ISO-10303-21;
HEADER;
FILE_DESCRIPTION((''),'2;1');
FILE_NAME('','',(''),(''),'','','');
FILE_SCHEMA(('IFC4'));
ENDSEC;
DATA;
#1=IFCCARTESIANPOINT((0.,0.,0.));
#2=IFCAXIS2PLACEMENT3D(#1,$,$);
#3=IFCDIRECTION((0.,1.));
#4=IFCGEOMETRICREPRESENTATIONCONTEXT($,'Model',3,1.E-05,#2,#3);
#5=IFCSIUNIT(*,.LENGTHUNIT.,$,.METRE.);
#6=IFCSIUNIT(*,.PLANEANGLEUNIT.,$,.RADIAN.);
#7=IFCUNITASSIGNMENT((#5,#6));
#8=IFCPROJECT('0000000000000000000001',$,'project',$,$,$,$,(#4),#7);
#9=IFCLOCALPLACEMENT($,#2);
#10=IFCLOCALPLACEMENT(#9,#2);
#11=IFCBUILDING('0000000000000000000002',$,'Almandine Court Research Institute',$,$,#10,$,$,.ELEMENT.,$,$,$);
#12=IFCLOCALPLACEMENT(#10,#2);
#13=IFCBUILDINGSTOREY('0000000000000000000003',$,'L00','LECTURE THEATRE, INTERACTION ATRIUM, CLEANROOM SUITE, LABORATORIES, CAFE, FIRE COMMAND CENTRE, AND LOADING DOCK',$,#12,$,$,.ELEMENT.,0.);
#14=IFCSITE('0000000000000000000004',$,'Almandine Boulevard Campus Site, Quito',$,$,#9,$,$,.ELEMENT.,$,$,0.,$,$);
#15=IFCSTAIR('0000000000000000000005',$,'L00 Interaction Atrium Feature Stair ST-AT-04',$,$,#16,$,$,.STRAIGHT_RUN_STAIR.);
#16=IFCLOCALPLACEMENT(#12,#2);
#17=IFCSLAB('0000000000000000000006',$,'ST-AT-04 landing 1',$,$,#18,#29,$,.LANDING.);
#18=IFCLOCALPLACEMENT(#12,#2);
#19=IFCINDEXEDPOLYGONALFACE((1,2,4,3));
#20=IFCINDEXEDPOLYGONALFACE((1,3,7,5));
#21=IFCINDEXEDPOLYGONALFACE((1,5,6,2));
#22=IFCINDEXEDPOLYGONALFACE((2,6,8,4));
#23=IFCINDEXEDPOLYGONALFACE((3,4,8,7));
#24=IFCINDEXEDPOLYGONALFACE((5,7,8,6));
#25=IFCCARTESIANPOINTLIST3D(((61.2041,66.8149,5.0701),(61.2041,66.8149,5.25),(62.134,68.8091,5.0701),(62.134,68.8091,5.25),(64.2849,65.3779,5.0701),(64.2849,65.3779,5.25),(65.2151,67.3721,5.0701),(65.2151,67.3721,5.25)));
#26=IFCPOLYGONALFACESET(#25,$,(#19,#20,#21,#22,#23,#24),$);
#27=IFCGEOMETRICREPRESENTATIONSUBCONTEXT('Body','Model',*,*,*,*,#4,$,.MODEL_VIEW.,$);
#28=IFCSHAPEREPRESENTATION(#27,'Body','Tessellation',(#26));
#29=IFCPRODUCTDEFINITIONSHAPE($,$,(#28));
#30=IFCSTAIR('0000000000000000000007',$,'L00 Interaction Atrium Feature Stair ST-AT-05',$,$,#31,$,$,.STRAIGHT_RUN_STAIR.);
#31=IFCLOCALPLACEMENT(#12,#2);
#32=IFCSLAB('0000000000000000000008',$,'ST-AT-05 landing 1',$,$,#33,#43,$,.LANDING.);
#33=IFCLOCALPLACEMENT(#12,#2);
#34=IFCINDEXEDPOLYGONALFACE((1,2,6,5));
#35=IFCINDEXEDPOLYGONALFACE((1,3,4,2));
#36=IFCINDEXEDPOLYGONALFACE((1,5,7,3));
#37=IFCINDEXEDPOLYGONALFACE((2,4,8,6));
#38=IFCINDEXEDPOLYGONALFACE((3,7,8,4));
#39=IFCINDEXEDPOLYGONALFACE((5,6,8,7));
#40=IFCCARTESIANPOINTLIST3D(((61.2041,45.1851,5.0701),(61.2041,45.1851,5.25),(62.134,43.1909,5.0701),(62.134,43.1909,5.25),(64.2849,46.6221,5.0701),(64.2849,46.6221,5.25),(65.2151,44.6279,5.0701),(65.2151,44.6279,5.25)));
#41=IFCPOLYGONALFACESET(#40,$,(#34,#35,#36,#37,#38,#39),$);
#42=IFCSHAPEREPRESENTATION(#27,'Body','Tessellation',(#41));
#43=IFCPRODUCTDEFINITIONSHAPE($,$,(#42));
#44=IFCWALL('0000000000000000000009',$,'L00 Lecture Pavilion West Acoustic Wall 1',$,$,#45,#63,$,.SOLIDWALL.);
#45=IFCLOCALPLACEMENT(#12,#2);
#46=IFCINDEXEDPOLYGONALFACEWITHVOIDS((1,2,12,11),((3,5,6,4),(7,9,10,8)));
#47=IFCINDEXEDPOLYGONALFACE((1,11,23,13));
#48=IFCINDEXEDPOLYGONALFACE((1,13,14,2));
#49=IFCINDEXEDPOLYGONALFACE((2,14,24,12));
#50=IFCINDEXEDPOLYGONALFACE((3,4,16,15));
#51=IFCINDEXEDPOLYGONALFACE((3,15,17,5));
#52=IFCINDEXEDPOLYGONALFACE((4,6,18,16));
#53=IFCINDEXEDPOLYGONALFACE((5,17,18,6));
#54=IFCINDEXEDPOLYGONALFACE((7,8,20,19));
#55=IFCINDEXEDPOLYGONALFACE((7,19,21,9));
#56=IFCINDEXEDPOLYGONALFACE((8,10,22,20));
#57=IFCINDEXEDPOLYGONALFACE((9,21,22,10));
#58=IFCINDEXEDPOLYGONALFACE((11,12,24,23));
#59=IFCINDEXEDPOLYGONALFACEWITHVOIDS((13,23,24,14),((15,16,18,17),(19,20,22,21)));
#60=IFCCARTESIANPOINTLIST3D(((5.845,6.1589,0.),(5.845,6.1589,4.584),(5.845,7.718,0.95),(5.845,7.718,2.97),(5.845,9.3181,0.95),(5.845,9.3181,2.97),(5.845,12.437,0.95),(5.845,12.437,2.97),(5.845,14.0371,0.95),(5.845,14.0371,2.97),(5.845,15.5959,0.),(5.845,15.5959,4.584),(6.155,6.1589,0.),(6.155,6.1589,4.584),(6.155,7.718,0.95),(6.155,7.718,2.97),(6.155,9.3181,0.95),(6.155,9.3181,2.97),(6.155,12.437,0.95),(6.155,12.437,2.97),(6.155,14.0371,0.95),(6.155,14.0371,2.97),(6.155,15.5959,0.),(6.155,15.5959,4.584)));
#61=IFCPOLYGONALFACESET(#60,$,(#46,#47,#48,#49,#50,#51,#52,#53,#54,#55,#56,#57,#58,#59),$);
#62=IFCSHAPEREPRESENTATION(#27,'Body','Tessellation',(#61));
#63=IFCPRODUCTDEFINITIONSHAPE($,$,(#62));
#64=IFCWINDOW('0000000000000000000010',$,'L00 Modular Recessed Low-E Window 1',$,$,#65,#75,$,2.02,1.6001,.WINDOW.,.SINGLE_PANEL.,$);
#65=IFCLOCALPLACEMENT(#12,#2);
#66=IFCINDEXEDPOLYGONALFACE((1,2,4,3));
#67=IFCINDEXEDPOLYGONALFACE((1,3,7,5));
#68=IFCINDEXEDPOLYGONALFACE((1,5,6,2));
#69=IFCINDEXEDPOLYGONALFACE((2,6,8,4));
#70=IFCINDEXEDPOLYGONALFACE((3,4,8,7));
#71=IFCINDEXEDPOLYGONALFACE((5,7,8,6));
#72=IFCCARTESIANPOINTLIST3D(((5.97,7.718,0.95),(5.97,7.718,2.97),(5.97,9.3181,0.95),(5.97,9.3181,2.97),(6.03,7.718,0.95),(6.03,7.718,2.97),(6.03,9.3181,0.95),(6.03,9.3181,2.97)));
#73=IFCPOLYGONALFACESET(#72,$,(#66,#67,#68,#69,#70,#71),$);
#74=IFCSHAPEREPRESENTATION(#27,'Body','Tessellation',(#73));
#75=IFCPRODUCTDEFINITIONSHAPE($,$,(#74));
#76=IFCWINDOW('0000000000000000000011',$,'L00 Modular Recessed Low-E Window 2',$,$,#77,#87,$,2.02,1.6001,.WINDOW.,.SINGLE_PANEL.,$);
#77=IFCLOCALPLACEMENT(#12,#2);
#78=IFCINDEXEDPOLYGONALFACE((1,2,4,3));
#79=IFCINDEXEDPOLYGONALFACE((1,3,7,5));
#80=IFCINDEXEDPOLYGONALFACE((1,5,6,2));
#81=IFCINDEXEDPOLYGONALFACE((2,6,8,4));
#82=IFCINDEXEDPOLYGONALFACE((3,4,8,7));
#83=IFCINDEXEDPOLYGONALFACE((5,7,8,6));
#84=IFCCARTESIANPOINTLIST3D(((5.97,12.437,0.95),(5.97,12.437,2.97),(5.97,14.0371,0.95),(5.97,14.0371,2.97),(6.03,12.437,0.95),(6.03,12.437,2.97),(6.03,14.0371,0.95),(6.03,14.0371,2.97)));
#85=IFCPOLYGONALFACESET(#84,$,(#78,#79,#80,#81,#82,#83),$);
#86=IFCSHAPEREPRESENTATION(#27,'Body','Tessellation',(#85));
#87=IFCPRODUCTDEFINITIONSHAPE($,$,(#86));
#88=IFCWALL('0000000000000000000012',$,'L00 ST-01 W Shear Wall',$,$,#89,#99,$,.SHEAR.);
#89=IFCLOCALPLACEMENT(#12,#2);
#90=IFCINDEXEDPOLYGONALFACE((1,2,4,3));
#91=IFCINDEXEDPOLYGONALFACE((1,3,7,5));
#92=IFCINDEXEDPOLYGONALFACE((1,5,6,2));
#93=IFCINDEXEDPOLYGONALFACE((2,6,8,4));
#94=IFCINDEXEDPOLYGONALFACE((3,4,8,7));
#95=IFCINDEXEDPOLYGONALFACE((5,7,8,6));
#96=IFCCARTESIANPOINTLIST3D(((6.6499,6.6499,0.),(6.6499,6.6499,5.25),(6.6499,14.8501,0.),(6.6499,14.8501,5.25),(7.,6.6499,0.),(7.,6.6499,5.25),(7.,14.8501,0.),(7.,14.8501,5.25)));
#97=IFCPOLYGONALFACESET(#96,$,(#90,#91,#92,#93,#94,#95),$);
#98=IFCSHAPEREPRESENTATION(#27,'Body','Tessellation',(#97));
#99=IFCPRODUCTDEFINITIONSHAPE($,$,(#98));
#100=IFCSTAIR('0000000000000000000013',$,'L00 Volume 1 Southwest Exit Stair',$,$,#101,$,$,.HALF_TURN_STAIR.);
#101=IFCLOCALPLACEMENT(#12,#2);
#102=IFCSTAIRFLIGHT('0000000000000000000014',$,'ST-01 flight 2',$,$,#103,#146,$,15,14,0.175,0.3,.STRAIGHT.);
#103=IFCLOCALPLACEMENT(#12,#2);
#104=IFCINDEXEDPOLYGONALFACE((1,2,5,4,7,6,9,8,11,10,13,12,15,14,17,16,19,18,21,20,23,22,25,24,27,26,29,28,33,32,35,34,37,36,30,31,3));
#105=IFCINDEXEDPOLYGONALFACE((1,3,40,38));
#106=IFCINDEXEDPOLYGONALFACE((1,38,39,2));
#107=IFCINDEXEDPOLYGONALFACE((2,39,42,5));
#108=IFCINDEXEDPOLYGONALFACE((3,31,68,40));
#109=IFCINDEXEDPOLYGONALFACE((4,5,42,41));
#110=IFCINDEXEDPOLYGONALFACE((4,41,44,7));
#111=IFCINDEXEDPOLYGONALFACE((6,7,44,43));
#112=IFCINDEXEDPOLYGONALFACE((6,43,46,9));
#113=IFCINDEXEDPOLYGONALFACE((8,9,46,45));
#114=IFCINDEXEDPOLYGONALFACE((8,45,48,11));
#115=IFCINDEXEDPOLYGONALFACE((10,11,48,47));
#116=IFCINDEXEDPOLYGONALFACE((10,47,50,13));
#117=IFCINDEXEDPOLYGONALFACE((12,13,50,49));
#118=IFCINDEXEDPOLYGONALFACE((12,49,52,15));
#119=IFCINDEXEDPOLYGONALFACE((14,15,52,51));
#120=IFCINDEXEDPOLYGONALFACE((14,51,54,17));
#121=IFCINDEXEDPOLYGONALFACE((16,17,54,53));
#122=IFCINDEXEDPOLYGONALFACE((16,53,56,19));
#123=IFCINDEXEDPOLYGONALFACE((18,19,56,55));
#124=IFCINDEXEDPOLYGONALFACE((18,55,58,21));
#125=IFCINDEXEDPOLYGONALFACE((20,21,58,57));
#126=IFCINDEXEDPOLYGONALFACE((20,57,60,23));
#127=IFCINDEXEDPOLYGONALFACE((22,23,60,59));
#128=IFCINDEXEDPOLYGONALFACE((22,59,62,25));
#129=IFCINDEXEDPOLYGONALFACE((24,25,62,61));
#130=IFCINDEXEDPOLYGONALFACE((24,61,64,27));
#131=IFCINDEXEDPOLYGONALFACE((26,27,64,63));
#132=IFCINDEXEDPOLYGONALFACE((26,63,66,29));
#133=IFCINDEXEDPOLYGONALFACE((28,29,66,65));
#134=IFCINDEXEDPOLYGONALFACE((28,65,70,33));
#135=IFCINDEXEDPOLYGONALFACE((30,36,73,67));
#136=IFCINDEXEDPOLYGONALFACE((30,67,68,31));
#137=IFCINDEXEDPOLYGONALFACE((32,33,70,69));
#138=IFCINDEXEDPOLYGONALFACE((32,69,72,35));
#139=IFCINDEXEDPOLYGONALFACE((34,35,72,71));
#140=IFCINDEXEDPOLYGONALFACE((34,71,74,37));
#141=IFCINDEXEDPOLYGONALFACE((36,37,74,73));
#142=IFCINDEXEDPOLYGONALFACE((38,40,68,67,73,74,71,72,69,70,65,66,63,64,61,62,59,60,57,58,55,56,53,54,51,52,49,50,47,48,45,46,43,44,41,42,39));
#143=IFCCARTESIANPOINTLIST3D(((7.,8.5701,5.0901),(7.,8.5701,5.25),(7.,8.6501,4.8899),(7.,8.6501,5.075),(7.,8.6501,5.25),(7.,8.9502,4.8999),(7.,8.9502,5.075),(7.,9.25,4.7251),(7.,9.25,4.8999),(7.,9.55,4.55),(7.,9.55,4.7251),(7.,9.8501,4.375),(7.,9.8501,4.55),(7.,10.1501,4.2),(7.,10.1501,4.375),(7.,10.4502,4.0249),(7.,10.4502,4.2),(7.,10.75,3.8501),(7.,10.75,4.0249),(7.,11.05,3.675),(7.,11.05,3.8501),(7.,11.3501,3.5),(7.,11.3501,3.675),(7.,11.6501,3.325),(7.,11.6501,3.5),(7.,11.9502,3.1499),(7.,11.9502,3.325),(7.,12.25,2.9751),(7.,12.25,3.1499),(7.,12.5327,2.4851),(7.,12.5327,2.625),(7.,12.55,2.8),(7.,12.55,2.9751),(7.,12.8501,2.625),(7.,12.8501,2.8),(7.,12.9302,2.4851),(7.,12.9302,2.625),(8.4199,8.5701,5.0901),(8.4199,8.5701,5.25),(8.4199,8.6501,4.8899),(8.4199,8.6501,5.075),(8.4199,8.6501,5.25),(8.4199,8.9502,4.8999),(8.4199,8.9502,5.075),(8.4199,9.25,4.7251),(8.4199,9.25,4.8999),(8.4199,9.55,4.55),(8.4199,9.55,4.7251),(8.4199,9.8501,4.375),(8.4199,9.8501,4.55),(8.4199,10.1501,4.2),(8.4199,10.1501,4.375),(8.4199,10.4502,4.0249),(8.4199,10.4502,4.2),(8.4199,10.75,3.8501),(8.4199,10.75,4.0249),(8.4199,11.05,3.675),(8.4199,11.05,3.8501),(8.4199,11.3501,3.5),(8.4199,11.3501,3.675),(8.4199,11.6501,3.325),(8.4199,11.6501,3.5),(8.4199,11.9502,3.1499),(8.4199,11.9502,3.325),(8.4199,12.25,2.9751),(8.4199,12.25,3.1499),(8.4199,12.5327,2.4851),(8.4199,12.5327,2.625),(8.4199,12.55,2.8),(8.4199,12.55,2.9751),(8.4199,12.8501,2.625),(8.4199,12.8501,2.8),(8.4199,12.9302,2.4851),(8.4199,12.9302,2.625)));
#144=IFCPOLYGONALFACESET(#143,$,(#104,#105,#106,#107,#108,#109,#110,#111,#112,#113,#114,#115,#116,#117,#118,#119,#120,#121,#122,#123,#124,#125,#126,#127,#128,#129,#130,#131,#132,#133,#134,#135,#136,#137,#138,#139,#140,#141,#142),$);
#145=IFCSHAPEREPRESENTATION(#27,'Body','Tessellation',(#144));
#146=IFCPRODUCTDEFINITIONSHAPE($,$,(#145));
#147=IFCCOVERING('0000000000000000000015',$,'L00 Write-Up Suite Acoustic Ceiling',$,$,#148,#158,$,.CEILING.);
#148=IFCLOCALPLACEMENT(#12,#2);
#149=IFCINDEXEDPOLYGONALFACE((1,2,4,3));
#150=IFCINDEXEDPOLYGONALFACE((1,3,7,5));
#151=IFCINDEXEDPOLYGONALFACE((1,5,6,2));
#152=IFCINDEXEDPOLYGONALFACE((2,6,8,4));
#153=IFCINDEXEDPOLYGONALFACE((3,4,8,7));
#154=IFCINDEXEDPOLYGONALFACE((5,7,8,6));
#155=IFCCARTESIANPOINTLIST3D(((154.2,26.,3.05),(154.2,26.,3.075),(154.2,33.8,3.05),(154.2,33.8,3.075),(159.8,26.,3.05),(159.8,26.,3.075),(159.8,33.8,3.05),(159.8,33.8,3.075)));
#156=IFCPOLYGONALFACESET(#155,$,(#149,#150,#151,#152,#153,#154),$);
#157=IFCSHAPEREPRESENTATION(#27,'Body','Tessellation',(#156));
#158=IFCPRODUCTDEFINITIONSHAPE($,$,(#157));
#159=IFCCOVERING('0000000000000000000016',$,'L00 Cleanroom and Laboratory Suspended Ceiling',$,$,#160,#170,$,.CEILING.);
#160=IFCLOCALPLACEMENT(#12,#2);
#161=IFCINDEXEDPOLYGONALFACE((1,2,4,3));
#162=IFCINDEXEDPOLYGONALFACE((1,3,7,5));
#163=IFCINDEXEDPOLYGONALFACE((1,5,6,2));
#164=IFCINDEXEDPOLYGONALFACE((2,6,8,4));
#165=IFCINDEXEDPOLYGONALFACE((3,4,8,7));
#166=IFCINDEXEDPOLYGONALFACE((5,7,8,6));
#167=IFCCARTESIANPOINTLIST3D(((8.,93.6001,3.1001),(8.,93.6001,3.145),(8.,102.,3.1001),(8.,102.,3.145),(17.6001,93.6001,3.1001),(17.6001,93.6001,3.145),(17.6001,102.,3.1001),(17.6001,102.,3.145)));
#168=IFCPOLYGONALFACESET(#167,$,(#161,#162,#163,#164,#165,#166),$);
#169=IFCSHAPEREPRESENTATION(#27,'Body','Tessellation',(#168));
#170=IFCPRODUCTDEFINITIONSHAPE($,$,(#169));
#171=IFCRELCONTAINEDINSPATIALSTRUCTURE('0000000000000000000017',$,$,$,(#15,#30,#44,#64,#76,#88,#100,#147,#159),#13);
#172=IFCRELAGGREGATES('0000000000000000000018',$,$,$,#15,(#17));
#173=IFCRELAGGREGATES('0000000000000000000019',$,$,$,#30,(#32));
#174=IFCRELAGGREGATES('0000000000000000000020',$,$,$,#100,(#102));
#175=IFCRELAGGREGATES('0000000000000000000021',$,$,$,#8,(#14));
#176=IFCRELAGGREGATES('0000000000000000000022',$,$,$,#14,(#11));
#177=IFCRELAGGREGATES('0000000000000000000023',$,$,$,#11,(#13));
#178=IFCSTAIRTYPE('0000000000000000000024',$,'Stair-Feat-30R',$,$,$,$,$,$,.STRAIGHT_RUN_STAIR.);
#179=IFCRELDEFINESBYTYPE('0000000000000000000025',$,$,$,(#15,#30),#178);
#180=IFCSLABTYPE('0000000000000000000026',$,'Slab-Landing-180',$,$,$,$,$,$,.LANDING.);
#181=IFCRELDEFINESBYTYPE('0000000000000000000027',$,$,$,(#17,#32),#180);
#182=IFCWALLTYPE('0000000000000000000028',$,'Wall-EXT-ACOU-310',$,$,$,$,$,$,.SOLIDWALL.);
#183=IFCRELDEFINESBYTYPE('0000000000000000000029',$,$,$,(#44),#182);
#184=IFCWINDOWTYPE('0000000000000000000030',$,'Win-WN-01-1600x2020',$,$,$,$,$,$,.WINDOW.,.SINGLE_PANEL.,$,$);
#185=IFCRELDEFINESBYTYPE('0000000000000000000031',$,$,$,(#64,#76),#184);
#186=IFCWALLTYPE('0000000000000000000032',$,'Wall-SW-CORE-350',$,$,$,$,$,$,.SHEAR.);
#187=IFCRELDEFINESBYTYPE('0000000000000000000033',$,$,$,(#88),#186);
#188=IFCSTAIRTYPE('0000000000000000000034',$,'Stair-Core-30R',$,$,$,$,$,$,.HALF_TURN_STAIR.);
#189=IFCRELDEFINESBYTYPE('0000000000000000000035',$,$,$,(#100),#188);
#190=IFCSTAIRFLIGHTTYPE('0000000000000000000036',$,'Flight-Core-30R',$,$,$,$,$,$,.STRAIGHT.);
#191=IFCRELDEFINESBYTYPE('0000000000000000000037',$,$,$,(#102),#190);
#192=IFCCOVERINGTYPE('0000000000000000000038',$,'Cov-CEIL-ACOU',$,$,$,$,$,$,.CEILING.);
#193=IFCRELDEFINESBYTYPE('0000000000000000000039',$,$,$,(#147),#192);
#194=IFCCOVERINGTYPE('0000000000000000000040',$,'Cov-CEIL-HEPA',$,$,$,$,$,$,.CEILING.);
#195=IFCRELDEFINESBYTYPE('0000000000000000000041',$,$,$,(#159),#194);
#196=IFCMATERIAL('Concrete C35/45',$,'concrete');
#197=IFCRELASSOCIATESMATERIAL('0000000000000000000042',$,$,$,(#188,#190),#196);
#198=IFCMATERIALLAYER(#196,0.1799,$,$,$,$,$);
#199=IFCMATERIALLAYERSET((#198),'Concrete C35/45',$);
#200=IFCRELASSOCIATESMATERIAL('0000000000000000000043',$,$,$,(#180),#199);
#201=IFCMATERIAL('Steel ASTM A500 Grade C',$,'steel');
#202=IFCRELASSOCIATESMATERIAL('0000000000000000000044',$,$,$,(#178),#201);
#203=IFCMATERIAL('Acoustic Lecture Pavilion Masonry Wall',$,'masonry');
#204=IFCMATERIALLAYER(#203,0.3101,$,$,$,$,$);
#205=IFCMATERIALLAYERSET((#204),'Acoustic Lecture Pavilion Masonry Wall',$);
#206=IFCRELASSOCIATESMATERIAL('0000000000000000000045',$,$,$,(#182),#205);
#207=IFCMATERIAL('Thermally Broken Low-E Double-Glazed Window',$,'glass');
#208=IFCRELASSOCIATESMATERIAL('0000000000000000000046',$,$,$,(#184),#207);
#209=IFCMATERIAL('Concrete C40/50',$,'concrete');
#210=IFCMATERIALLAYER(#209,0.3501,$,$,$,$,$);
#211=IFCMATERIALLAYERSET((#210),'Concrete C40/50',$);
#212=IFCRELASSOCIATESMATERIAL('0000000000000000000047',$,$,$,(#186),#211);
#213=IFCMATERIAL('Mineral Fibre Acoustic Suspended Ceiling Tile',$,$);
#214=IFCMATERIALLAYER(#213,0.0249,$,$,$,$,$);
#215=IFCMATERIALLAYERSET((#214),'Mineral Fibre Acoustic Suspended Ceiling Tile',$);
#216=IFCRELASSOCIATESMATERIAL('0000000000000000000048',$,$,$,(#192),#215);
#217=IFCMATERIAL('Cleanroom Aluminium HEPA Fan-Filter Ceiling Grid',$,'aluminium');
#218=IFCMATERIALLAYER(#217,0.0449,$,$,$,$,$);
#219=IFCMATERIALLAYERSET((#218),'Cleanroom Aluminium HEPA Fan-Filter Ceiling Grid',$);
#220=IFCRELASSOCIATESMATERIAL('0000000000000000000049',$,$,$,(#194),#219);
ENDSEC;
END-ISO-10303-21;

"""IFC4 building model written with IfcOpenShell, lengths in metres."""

from ifc_helpers import new_model, si_unit, direction, frame, frame_2d, origin, place, context, subcontext, project, spatial, polyline, rectangle, outline, extrude, material, layer, layer_set, type_object, element, fill, aggregate, save


model = new_model("IFC4")

# Units and contexts
model_context = context("Model", 3, precision=1e-05, world=origin(), true_north=direction((0.0, 1.0)))
body_context = subcontext(model_context, "Body", "Model", "MODEL_VIEW")
ifc_project = project(units=[si_unit("LENGTHUNIT", "METRE"), si_unit("PLANEANGLEUNIT", "RADIAN")], contexts=[model_context])

# Site, building, storey
site_placement = place(None, origin())
site = spatial("IfcSite", under=ifc_project, at=site_placement, Name="Almandine Boulevard Campus Site, Quito", CompositionType="ELEMENT", RefElevation=0.0)
building_placement = place(site_placement, origin())
building = spatial("IfcBuilding", under=site, at=building_placement, Name="Almandine Court Research Institute", CompositionType="ELEMENT")
storey_placement = place(building_placement, origin())
storey = spatial("IfcBuildingStorey", under=building, at=storey_placement, Name="L00", Description="LECTURE THEATRE, INTERACTION ATRIUM, CLEANROOM SUITE, LABORATORIES, CAFE, FIRE COMMAND CENTRE, AND LOADING DOCK", CompositionType="ELEMENT", Elevation=0.0)

# Stairs, slabs
ifc_material_1 = material(Name="Concrete C35/45", Category="concrete")
stair_type_1 = type_object("IfcStairType", Name="Stair-Core-30R", PredefinedType="HALF_TURN_STAIR", material=ifc_material_1)
ifc_layer_1 = layer(ifc_material_1, 0.1799)
ifc_layer_set_1 = layer_set([ifc_layer_1], Name="Concrete C35/45")
slab_type = type_object("IfcSlabType", Name="Slab-Landing-180", PredefinedType="LANDING", material=ifc_layer_set_1)
ifc_material_2 = material(Name="Steel ASTM A500 Grade C", Category="steel")
stair_type_2 = type_object("IfcStairType", Name="Stair-Feat-30R", PredefinedType="STRAIGHT_RUN_STAIR", material=ifc_material_2)
stair_1_placement = place(storey_placement, origin())
stair_1 = element("IfcStair", 1, at=stair_1_placement, inside=storey, type_object=stair_type_2, Name="L00 Interaction Atrium Feature Stair ST-AT-04", PredefinedType="STRAIGHT_RUN_STAIR")
slab_1_placement = place(storey_placement, frame((0.0, 0.0, 5.0701)))
slab_1 = element("IfcSlab", 2, at=slab_1_placement, type_object=slab_type, Name="ST-AT-04 landing 1", PredefinedType="LANDING", context=body_context, shape_type="SweptSolid", body=[
    extrude(outline(polyline([(64.2849, 65.3779), (61.2041, 66.8149), (62.134, 68.8091), (65.2151, 67.3721), (64.2849, 65.3779)])), origin(), (0.0, 0.0, 1.0), 0.1799),
])
aggregate(stair_1, [slab_1])
stair_2_placement = place(storey_placement, origin())
stair_2 = element("IfcStair", 3, at=stair_2_placement, inside=storey, type_object=stair_type_2, Name="L00 Interaction Atrium Feature Stair ST-AT-05", PredefinedType="STRAIGHT_RUN_STAIR")
slab_2_placement = place(storey_placement, frame((0.0, 0.0, 5.0701)))
slab_2 = element("IfcSlab", 4, at=slab_2_placement, type_object=slab_type, Name="ST-AT-05 landing 1", PredefinedType="LANDING", context=body_context, shape_type="SweptSolid", body=[
    extrude(outline(polyline([(65.2151, 44.6279), (62.134, 43.1909), (61.2041, 45.1851), (64.2849, 46.6221), (65.2151, 44.6279)])), origin(), (0.0, 0.0, 1.0), 0.1799),
])
aggregate(stair_2, [slab_2])

# Wall, openings, windows
ifc_material_3 = material(Name="Acoustic Lecture Pavilion Masonry Wall", Category="masonry")
ifc_layer_2 = layer(ifc_material_3, 0.3101)
ifc_layer_set_2 = layer_set([ifc_layer_2], Name="Acoustic Lecture Pavilion Masonry Wall")
wall_type_1 = type_object("IfcWallType", Name="Wall-EXT-ACOU-310", PredefinedType="SOLIDWALL", material=ifc_layer_set_2)
wall_1_placement = place(storey_placement, frame((6.0, 6.1589, 0.0), z_axis=(0.0, 0.0, 1.0), x_axis=(0.0, 1.0, 0.0)))
wall_1 = element("IfcWall", 5, at=wall_1_placement, inside=storey, type_object=wall_type_1, Name="L00 Lecture Pavilion West Acoustic Wall 1", PredefinedType="SOLIDWALL", context=body_context, shape_type="SweptSolid", body=[
    extrude(rectangle(XDim=9.437, YDim=0.3101, at=frame_2d((4.7185, 0.0))), origin(), (0.0, 0.0, 1.0), 4.584),
])
opening_1_placement = place(wall_1_placement, frame((1.5591, 0.0, 0.95)))
opening_1 = element("IfcOpeningElement", 6, at=opening_1_placement, cuts=wall_1, PredefinedType="OPENING", context=body_context, shape_type="SweptSolid", body=[
    extrude(rectangle(XDim=1.6001, YDim=2.02, at=frame_2d((0.8, 1.01))), frame((0.0, 0.165, 0.0), z_axis=(0.0, -1.0, 0.0), x_axis=(1.0, 0.0, 0.0)), (0.0, 0.0, 1.0), 0.3301),
])
opening_2_placement = place(wall_1_placement, frame((6.2781, 0.0, 0.95)))
opening_2 = element("IfcOpeningElement", 7, at=opening_2_placement, cuts=wall_1, PredefinedType="OPENING", context=body_context, shape_type="SweptSolid", body=[
    extrude(rectangle(XDim=1.6001, YDim=2.02, at=frame_2d((0.8, 1.01))), frame((0.0, 0.165, 0.0), z_axis=(0.0, -1.0, 0.0), x_axis=(1.0, 0.0, 0.0)), (0.0, 0.0, 1.0), 0.3301),
])
ifc_material_4 = material(Name="Thermally Broken Low-E Double-Glazed Window", Category="glass")
window_type = type_object("IfcWindowType", Name="Win-WN-01-1600x2020", PartitioningType="SINGLE_PANEL", PredefinedType="WINDOW", material=ifc_material_4)
window_1_placement = place(opening_1_placement, origin())
window_1 = element("IfcWindow", 8, at=window_1_placement, inside=storey, type_object=window_type, Name="L00 Modular Recessed Low-E Window 1", OverallHeight=2.02, OverallWidth=1.6001, PartitioningType="SINGLE_PANEL", PredefinedType="WINDOW", context=body_context, shape_type="SweptSolid", body=[
    extrude(rectangle(XDim=1.6001, YDim=2.02, at=frame_2d((0.8, 1.01))), frame((0.0, 0.03, 0.0), z_axis=(0.0, -1.0, 0.0), x_axis=(1.0, 0.0, 0.0)), (0.0, 0.0, 1.0), 0.0601),
])
fill(opening_1, window_1)
window_2_placement = place(opening_2_placement, origin())
window_2 = element("IfcWindow", 9, at=window_2_placement, inside=storey, type_object=window_type, Name="L00 Modular Recessed Low-E Window 2", OverallHeight=2.02, OverallWidth=1.6001, PartitioningType="SINGLE_PANEL", PredefinedType="WINDOW", context=body_context, shape_type="SweptSolid", body=[
    extrude(rectangle(XDim=1.6001, YDim=2.02, at=frame_2d((0.8, 1.01))), frame((0.0, 0.03, 0.0), z_axis=(0.0, -1.0, 0.0), x_axis=(1.0, 0.0, 0.0)), (0.0, 0.0, 1.0), 0.0601),
])
fill(opening_2, window_2)

# Wall
ifc_material_5 = material(Name="Concrete C40/50", Category="concrete")
ifc_layer_3 = layer(ifc_material_5, 0.3501)
ifc_layer_set_3 = layer_set([ifc_layer_3], Name="Concrete C40/50")
wall_type_2 = type_object("IfcWallType", Name="Wall-SW-CORE-350", PredefinedType="SHEAR", material=ifc_layer_set_3)
wall_2_placement = place(storey_placement, frame((6.825, 6.6499, 0.0), z_axis=(0.0, 0.0, 1.0), x_axis=(0.0, 1.0, 0.0)))
element("IfcWall", 10, at=wall_2_placement, inside=storey, type_object=wall_type_2, Name="L00 ST-01 W Shear Wall", PredefinedType="SHEAR", context=body_context, shape_type="SweptSolid", body=[
    extrude(rectangle(XDim=8.2002, YDim=0.3501, at=frame_2d((4.1001, 0.0))), origin(), (0.0, 0.0, 1.0), 5.25),
])

# Stair, stair flight
stair_3_placement = place(storey_placement, origin())
stair_3 = element("IfcStair", 11, at=stair_3_placement, inside=storey, type_object=stair_type_1, Name="L00 Volume 1 Southwest Exit Stair", PredefinedType="HALF_TURN_STAIR")
stair_flight_type = type_object("IfcStairFlightType", Name="Flight-Core-30R", PredefinedType="STRAIGHT", material=ifc_material_1)
stair_flight_placement = place(storey_placement, frame((7.71, 12.8501, 2.625), z_axis=(0.0, 0.0, 1.0), x_axis=(0.0, -1.0, 0.0)))
stair_flight = element("IfcStairFlight", 12, at=stair_flight_placement, type_object=stair_flight_type, Name="ST-01 flight 2", NumberOfRisers=15, NumberOfTreads=14, PredefinedType="STRAIGHT", RiserHeight=0.175, TreadLength=0.3, context=body_context, shape_type="SweptSolid", body=[
    extrude(outline(polyline([(-0.0801, -0.1399), (-0.0801, 0.0), (0.0, 0.0), (0.0, 0.175), (0.3, 0.175), (0.3, 0.3501), (0.6001, 0.3501), (0.6001, 0.5249), (0.8999, 0.5249), (0.8999, 0.7), (1.2, 0.7), (1.2, 0.875), (1.5, 0.875), (1.5, 1.05), (1.8, 1.05), (1.8, 1.2251), (2.1001, 1.2251), (2.1001, 1.3999), (2.3999, 1.3999), (2.3999, 1.575), (2.7, 1.575), (2.7, 1.75), (3.0, 1.75), (3.0, 1.925), (3.3, 1.925), (3.3, 2.1001), (3.6001, 2.1001), (3.6001, 2.2749), (3.8999, 2.2749), (3.8999, 2.45), (4.2, 2.45), (4.2, 2.625), (4.28, 2.625), (4.28, 2.4651), (4.2, 2.2649), (0.3174, 0.0), (0.3174, -0.1399), (-0.0801, -0.1399)])), frame((0.0, 0.71, 0.0), z_axis=(0.0, -1.0, 0.0), x_axis=(1.0, 0.0, 0.0)), (0.0, 0.0, 1.0), 1.4199),
])
aggregate(stair_3, [stair_flight])

# Coverings
ifc_material_6 = material(Name="Mineral Fibre Acoustic Suspended Ceiling Tile")
ifc_layer_4 = layer(ifc_material_6, 0.0249)
ifc_layer_set_4 = layer_set([ifc_layer_4], Name="Mineral Fibre Acoustic Suspended Ceiling Tile")
covering_type_1 = type_object("IfcCoveringType", Name="Cov-CEIL-ACOU", PredefinedType="CEILING", material=ifc_layer_set_4)
covering_1_placement = place(storey_placement, frame((0.0, 0.0, 3.05)))
element("IfcCovering", 13, at=covering_1_placement, inside=storey, type_object=covering_type_1, Name="L00 Write-Up Suite Acoustic Ceiling", PredefinedType="CEILING", context=body_context, shape_type="SweptSolid", body=[
    extrude(outline(polyline([(154.2, 26.0), (159.8, 26.0), (159.8, 33.8), (154.2, 33.8), (154.2, 26.0)])), origin(), (0.0, 0.0, 1.0), 0.0249),
])
ifc_material_7 = material(Name="Cleanroom Aluminium HEPA Fan-Filter Ceiling Grid", Category="aluminium")
ifc_layer_5 = layer(ifc_material_7, 0.0449)
ifc_layer_set_5 = layer_set([ifc_layer_5], Name="Cleanroom Aluminium HEPA Fan-Filter Ceiling Grid")
covering_type_2 = type_object("IfcCoveringType", Name="Cov-CEIL-HEPA", PredefinedType="CEILING", material=ifc_layer_set_5)
covering_2_placement = place(storey_placement, frame((0.0, 0.0, 3.1001)))
element("IfcCovering", 14, at=covering_2_placement, inside=storey, type_object=covering_type_2, Name="L00 Cleanroom and Laboratory Suspended Ceiling", PredefinedType="CEILING", context=body_context, shape_type="SweptSolid", body=[
    extrude(outline(polyline([(8.0, 93.6001), (17.6001, 93.6001), (17.6001, 102.0), (8.0, 102.0), (8.0, 93.6001)])), origin(), (0.0, 0.0, 1.0), 0.0449),
])

save(model, "model.ifc")
